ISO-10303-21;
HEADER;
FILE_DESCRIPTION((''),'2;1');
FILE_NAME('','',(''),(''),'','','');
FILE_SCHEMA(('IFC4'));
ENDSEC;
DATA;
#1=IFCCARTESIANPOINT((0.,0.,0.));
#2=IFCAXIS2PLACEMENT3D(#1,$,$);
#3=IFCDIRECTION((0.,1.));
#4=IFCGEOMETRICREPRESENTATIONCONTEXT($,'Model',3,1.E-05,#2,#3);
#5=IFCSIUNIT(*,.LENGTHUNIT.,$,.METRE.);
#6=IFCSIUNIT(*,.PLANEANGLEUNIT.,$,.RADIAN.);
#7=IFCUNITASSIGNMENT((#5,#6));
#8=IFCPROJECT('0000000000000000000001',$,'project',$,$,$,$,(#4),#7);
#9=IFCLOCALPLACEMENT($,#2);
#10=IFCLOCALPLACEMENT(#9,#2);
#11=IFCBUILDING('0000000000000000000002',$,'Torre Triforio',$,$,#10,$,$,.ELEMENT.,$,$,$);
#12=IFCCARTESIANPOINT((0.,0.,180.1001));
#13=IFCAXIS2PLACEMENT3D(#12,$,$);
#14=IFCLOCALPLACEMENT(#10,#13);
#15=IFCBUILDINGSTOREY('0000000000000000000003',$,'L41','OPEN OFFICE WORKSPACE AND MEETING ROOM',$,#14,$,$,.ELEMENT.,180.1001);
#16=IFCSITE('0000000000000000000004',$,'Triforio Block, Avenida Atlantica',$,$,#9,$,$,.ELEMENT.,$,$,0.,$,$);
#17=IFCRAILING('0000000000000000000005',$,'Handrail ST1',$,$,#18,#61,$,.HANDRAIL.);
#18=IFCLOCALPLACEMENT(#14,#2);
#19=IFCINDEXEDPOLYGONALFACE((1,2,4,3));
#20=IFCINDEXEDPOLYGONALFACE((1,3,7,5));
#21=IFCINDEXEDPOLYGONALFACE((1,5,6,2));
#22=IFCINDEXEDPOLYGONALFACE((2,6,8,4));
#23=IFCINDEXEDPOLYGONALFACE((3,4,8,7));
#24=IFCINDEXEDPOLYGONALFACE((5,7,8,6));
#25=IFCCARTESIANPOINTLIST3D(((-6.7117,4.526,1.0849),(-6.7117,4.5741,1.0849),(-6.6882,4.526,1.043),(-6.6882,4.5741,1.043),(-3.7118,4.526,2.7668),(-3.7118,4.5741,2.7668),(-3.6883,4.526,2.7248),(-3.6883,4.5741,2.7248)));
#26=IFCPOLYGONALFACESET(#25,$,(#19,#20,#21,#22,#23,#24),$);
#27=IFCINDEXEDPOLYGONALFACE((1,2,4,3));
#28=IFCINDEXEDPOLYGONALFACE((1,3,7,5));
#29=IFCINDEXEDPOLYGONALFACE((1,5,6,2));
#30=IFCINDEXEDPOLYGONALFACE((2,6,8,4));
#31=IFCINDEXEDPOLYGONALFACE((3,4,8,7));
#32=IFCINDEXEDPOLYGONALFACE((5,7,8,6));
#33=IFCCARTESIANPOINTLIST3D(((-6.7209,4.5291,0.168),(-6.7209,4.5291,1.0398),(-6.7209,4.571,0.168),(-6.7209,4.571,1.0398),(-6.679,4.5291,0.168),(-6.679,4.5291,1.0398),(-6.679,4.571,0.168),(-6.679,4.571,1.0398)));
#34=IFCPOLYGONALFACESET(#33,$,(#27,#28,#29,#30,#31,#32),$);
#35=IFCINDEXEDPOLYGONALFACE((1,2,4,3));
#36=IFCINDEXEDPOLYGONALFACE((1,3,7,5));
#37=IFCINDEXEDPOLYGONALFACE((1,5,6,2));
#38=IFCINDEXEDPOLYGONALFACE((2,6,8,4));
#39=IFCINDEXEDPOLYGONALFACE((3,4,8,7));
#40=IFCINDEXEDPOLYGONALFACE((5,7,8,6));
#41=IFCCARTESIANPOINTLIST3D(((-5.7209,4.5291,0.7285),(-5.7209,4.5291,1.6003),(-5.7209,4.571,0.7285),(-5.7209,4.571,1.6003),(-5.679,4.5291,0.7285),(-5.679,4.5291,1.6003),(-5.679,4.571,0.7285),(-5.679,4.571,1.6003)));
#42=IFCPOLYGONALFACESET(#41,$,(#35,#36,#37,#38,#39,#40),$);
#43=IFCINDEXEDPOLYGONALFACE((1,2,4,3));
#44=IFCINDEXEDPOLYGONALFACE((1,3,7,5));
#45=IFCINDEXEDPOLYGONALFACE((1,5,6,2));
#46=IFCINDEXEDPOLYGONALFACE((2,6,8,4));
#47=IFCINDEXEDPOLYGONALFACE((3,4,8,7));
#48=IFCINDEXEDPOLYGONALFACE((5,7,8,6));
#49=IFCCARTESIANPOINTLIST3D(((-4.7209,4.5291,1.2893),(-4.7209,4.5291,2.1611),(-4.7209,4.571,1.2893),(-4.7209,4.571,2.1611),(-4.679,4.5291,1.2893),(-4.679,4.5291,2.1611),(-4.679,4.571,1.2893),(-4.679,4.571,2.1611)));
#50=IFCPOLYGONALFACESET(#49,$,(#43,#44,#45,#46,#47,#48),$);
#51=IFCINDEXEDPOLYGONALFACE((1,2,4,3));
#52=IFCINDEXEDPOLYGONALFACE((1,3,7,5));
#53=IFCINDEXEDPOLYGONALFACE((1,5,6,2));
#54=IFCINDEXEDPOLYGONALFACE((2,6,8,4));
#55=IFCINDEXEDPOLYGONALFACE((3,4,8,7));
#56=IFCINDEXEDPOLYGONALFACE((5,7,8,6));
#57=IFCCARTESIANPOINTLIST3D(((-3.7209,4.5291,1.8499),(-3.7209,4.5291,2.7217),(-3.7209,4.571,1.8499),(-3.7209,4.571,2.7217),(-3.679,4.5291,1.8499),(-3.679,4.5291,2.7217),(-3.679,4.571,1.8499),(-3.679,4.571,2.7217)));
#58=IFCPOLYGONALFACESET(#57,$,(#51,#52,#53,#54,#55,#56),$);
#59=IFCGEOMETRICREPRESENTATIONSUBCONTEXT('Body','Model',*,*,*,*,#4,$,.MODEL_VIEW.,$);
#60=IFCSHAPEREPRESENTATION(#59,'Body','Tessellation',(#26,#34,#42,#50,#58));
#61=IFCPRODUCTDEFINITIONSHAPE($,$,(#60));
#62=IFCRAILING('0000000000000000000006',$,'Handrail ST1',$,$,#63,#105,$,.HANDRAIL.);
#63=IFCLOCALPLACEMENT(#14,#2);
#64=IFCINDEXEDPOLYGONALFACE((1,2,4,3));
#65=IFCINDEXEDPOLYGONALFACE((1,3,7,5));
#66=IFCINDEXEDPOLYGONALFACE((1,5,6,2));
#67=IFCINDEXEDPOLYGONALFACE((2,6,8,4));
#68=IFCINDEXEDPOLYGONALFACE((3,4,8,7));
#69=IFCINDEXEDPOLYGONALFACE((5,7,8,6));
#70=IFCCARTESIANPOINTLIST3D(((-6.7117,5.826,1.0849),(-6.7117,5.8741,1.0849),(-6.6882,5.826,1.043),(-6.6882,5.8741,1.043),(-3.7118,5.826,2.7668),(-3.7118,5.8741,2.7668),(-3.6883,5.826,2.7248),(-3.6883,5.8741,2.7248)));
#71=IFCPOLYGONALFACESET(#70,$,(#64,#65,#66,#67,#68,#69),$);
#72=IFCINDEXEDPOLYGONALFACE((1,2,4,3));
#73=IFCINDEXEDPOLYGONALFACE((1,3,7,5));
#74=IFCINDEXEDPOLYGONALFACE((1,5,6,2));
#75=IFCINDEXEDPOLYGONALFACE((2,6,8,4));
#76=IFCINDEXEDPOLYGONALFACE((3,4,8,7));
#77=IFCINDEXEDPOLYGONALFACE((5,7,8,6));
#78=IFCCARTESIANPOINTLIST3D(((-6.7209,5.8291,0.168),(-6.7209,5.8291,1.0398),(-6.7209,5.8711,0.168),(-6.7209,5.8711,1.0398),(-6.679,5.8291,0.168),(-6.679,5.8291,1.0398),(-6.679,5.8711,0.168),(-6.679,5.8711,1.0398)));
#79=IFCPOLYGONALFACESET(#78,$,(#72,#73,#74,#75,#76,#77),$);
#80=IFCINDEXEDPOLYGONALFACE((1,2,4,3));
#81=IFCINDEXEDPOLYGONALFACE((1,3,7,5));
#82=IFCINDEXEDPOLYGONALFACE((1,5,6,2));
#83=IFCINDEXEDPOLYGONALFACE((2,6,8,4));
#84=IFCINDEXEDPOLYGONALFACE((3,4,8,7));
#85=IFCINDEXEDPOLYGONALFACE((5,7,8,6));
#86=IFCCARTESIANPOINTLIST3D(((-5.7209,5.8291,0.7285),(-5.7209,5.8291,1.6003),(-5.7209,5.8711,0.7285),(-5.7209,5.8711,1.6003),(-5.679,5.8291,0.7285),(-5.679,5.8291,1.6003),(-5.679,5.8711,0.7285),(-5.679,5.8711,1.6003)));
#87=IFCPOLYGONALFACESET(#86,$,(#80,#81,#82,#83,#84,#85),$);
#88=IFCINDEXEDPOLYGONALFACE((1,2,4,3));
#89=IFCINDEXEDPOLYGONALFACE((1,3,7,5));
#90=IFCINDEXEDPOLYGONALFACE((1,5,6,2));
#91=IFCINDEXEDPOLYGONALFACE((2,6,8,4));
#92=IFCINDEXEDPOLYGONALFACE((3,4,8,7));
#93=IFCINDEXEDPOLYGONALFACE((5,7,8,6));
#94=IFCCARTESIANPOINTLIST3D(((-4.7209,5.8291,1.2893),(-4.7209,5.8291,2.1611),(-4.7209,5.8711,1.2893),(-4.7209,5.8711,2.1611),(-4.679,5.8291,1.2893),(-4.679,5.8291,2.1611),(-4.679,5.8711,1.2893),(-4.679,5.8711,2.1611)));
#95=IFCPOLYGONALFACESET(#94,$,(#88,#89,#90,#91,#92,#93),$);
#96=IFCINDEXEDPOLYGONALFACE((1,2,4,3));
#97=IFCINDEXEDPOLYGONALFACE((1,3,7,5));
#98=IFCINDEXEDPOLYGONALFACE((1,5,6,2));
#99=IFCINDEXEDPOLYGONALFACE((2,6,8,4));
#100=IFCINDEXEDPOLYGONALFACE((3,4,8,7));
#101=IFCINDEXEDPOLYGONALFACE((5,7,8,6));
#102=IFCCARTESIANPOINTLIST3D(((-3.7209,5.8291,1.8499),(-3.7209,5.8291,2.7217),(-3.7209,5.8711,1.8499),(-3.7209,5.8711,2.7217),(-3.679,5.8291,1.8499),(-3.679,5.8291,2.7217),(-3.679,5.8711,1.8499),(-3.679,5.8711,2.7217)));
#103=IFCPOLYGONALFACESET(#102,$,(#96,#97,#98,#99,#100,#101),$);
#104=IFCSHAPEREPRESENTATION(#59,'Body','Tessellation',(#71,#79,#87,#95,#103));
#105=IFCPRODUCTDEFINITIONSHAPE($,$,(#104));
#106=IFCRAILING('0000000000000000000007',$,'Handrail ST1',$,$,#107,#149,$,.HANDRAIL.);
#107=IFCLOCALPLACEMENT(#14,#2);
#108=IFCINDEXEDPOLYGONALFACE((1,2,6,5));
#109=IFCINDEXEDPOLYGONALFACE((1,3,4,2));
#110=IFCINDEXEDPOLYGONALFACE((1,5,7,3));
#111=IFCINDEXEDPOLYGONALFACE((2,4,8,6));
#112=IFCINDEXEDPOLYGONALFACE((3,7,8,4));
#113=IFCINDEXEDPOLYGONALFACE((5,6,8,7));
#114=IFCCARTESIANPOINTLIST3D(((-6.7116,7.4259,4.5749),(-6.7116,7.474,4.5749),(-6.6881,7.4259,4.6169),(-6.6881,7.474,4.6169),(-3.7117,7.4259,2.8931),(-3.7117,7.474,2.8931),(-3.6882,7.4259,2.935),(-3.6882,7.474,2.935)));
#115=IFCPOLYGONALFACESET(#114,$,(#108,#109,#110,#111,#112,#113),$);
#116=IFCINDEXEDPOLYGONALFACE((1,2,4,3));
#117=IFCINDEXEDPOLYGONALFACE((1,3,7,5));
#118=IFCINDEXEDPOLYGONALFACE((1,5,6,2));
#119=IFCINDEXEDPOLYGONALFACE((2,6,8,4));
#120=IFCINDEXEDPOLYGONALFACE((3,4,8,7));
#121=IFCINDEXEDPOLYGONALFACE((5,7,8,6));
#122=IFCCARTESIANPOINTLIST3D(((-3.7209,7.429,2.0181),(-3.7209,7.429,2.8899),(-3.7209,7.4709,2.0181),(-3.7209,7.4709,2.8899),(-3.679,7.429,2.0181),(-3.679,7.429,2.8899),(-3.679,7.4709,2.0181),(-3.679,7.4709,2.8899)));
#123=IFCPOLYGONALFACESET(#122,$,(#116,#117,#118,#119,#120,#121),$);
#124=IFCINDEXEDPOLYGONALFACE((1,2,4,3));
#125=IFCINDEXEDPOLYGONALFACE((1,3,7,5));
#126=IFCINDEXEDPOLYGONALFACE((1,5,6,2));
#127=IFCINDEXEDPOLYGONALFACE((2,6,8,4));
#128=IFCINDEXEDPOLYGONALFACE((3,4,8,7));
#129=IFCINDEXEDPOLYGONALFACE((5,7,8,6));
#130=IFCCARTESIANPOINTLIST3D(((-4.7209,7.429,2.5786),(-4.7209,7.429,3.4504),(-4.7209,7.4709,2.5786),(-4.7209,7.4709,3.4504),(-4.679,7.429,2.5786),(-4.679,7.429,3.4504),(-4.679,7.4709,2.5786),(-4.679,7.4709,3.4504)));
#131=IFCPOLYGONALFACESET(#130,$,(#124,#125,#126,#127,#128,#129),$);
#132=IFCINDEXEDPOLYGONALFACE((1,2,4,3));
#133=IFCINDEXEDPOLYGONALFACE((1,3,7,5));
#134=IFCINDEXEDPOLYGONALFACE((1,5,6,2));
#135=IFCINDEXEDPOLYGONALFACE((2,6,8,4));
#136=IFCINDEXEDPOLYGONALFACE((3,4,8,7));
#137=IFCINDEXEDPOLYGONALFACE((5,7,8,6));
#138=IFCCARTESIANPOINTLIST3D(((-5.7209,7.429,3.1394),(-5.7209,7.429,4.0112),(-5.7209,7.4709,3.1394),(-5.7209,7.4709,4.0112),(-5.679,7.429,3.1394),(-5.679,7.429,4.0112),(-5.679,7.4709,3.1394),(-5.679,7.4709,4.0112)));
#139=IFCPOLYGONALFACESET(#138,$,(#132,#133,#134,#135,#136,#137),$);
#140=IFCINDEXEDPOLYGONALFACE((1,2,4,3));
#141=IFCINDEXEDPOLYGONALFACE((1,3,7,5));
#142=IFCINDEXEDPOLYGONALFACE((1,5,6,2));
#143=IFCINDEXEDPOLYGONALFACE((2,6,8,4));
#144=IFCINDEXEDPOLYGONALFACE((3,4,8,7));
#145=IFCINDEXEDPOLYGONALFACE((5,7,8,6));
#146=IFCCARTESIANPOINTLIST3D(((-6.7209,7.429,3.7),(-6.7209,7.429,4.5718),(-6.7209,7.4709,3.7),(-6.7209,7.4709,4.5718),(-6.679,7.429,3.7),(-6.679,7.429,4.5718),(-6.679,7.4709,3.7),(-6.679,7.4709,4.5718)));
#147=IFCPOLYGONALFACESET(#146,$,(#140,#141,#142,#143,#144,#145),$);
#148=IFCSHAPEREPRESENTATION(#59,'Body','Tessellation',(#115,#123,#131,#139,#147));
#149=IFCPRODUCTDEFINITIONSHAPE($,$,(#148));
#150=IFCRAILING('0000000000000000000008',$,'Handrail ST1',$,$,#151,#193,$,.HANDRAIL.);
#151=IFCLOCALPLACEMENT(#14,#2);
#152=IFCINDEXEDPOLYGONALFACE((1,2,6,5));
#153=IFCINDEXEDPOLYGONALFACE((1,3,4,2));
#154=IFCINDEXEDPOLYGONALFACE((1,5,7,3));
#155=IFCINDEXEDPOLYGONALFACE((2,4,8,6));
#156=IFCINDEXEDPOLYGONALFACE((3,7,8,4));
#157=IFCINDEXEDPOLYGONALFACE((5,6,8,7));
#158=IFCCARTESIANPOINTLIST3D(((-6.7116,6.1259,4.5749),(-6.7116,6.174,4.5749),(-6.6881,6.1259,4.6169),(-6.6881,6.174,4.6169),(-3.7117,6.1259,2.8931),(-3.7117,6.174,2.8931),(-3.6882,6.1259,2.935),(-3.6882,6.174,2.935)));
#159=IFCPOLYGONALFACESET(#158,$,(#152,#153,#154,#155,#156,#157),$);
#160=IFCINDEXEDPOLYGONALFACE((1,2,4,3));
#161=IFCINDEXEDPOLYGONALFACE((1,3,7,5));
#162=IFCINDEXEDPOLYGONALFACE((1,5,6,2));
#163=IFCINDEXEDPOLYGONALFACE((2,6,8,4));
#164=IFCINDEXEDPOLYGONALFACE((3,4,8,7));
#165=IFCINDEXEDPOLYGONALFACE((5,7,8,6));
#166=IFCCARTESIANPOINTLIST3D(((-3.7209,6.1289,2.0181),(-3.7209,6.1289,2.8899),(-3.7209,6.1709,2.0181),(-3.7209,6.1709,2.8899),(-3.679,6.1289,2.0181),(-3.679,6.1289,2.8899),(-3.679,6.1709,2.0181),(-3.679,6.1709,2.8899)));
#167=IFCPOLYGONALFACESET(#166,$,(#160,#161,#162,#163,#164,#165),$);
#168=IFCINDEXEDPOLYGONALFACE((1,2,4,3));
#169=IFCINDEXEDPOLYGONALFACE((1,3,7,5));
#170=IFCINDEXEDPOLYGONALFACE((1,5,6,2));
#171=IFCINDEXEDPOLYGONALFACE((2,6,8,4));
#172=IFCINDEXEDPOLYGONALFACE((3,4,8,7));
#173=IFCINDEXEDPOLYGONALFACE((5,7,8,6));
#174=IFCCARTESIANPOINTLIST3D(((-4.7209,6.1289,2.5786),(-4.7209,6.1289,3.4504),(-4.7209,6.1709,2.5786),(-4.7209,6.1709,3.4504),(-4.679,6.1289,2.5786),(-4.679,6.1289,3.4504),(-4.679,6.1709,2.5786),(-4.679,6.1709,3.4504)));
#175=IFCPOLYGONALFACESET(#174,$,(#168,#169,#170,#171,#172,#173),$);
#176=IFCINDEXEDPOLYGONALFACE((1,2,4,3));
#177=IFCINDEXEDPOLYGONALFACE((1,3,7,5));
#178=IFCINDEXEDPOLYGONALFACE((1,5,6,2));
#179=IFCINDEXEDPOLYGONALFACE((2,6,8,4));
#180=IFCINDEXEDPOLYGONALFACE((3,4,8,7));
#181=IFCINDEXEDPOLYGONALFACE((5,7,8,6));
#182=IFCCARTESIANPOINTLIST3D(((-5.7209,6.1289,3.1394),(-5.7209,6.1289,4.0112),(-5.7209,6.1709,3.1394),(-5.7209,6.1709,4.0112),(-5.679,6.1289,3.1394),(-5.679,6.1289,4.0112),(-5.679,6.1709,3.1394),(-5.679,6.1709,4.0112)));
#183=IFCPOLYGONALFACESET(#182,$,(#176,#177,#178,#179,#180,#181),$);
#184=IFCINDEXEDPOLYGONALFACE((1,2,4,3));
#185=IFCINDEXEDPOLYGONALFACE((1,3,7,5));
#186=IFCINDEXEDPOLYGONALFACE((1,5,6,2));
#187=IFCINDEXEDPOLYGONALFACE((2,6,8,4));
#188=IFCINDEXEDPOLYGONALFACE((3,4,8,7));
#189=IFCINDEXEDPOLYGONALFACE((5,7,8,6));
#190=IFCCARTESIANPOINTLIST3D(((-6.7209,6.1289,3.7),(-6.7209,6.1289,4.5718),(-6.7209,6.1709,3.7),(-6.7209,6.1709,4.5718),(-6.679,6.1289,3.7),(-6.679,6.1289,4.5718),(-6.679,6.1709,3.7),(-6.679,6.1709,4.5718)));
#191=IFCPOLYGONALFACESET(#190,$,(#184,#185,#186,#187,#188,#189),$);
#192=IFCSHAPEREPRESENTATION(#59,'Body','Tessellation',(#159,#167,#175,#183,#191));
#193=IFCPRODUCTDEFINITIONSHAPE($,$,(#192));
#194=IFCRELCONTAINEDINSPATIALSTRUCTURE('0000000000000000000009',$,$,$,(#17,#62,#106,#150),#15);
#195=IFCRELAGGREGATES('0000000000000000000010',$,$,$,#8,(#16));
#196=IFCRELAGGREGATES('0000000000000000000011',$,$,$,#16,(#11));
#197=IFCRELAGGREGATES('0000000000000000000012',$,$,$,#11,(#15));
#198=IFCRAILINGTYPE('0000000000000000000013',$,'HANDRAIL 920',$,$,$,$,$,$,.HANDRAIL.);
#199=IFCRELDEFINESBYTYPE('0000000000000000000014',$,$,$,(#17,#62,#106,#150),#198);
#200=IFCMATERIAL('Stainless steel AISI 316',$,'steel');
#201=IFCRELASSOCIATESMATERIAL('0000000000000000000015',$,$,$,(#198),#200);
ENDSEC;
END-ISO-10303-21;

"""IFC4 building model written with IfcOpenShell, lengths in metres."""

from ifc_helpers import new_model, si_unit, direction, frame, origin, origin_2d, place, context, subcontext, project, spatial, rectangle, extrude, material, type_object, element, save


model = new_model("IFC4")

# Units and contexts
model_context = context("Model", 3, precision=1e-05, world=origin(), true_north=direction((0.0, 1.0)))
body_context = subcontext(model_context, "Body", "Model", "MODEL_VIEW")
ifc_project = project(units=[si_unit("LENGTHUNIT", "METRE"), si_unit("PLANEANGLEUNIT", "RADIAN")], contexts=[model_context])

# Site, building, storey
site_placement = place(None, origin())
site = spatial("IfcSite", under=ifc_project, at=site_placement, Name="Triforio Block, Avenida Atlantica", CompositionType="ELEMENT", RefElevation=0.0)
building_placement = place(site_placement, origin())
building = spatial("IfcBuilding", under=site, at=building_placement, Name="Torre Triforio", CompositionType="ELEMENT")
storey_placement = place(building_placement, frame((0.0, 0.0, 180.1001)))
storey = spatial("IfcBuildingStorey", under=building, at=storey_placement, Name="L41", Description="OPEN OFFICE WORKSPACE AND MEETING ROOM", CompositionType="ELEMENT", Elevation=180.1001)

# Railings
ifc_material_1 = material(Name="Stainless steel AISI 316", Category="steel")
railing_type = type_object("IfcRailingType", Name="HANDRAIL 920", PredefinedType="HANDRAIL", material=ifc_material_1)
for number, where, name in (
    (1, (-6.7, 4.55, 0.168), "Handrail ST1"),
    (2, (-6.7, 5.8501, 0.168), "Handrail ST1"),
):
    element("IfcRailing", number, at=place(storey_placement, frame(where)), inside=storey, type_object=railing_type, Name=name, PredefinedType="HANDRAIL", context=body_context, shape_type="SweptSolid", body=[
        extrude(rectangle(XDim=0.0481, YDim=0.0481, at=origin_2d()), frame((0.0, 0.0, 0.896), z_axis=(0.872272, 0.0, 0.48902), x_axis=(0.0, 1.0, 0.0)), (0.0, 0.0, 1.0), 3.4392),
        extrude(rectangle(XDim=0.042, YDim=0.042, at=origin_2d()), origin(), (0.0, 0.0, 1.0), 0.8718),
        extrude(rectangle(XDim=0.042, YDim=0.042, at=origin_2d()), frame((1.0, 0.0, 0.5605)), (0.0, 0.0, 1.0), 0.8718),
        extrude(rectangle(XDim=0.042, YDim=0.042, at=origin_2d()), frame((2.0, 0.0, 1.1213)), (0.0, 0.0, 1.0), 0.8718),
        extrude(rectangle(XDim=0.042, YDim=0.042, at=origin_2d()), frame((3.0, 0.0, 1.6819)), (0.0, 0.0, 1.0), 0.8718),
    ])
for number, where, name in (
    (3, (-3.7, 7.45, 2.0181), "Handrail ST1"),
    (4, (-3.7, 6.1499, 2.0181), "Handrail ST1"),
):
    element("IfcRailing", number, at=place(storey_placement, frame(where)), inside=storey, type_object=railing_type, Name=name, PredefinedType="HANDRAIL", context=body_context, shape_type="SweptSolid", body=[
        extrude(rectangle(XDim=0.0481, YDim=0.0481, at=origin_2d()), frame((0.0, 0.0, 0.896), z_axis=(-0.872272, 0.0, 0.48902), x_axis=(0.0, -1.0, 0.0)), (0.0, 0.0, 1.0), 3.4392),
        extrude(rectangle(XDim=0.042, YDim=0.042, at=origin_2d()), origin(), (0.0, 0.0, 1.0), 0.8718),
        extrude(rectangle(XDim=0.042, YDim=0.042, at=origin_2d()), frame((-1.0, 0.0, 0.5605)), (0.0, 0.0, 1.0), 0.8718),
        extrude(rectangle(XDim=0.042, YDim=0.042, at=origin_2d()), frame((-2.0, 0.0, 1.1213)), (0.0, 0.0, 1.0), 0.8718),
        extrude(rectangle(XDim=0.042, YDim=0.042, at=origin_2d()), frame((-3.0, 0.0, 1.6819)), (0.0, 0.0, 1.0), 0.8718),
    ])

save(model, "model.ifc")
